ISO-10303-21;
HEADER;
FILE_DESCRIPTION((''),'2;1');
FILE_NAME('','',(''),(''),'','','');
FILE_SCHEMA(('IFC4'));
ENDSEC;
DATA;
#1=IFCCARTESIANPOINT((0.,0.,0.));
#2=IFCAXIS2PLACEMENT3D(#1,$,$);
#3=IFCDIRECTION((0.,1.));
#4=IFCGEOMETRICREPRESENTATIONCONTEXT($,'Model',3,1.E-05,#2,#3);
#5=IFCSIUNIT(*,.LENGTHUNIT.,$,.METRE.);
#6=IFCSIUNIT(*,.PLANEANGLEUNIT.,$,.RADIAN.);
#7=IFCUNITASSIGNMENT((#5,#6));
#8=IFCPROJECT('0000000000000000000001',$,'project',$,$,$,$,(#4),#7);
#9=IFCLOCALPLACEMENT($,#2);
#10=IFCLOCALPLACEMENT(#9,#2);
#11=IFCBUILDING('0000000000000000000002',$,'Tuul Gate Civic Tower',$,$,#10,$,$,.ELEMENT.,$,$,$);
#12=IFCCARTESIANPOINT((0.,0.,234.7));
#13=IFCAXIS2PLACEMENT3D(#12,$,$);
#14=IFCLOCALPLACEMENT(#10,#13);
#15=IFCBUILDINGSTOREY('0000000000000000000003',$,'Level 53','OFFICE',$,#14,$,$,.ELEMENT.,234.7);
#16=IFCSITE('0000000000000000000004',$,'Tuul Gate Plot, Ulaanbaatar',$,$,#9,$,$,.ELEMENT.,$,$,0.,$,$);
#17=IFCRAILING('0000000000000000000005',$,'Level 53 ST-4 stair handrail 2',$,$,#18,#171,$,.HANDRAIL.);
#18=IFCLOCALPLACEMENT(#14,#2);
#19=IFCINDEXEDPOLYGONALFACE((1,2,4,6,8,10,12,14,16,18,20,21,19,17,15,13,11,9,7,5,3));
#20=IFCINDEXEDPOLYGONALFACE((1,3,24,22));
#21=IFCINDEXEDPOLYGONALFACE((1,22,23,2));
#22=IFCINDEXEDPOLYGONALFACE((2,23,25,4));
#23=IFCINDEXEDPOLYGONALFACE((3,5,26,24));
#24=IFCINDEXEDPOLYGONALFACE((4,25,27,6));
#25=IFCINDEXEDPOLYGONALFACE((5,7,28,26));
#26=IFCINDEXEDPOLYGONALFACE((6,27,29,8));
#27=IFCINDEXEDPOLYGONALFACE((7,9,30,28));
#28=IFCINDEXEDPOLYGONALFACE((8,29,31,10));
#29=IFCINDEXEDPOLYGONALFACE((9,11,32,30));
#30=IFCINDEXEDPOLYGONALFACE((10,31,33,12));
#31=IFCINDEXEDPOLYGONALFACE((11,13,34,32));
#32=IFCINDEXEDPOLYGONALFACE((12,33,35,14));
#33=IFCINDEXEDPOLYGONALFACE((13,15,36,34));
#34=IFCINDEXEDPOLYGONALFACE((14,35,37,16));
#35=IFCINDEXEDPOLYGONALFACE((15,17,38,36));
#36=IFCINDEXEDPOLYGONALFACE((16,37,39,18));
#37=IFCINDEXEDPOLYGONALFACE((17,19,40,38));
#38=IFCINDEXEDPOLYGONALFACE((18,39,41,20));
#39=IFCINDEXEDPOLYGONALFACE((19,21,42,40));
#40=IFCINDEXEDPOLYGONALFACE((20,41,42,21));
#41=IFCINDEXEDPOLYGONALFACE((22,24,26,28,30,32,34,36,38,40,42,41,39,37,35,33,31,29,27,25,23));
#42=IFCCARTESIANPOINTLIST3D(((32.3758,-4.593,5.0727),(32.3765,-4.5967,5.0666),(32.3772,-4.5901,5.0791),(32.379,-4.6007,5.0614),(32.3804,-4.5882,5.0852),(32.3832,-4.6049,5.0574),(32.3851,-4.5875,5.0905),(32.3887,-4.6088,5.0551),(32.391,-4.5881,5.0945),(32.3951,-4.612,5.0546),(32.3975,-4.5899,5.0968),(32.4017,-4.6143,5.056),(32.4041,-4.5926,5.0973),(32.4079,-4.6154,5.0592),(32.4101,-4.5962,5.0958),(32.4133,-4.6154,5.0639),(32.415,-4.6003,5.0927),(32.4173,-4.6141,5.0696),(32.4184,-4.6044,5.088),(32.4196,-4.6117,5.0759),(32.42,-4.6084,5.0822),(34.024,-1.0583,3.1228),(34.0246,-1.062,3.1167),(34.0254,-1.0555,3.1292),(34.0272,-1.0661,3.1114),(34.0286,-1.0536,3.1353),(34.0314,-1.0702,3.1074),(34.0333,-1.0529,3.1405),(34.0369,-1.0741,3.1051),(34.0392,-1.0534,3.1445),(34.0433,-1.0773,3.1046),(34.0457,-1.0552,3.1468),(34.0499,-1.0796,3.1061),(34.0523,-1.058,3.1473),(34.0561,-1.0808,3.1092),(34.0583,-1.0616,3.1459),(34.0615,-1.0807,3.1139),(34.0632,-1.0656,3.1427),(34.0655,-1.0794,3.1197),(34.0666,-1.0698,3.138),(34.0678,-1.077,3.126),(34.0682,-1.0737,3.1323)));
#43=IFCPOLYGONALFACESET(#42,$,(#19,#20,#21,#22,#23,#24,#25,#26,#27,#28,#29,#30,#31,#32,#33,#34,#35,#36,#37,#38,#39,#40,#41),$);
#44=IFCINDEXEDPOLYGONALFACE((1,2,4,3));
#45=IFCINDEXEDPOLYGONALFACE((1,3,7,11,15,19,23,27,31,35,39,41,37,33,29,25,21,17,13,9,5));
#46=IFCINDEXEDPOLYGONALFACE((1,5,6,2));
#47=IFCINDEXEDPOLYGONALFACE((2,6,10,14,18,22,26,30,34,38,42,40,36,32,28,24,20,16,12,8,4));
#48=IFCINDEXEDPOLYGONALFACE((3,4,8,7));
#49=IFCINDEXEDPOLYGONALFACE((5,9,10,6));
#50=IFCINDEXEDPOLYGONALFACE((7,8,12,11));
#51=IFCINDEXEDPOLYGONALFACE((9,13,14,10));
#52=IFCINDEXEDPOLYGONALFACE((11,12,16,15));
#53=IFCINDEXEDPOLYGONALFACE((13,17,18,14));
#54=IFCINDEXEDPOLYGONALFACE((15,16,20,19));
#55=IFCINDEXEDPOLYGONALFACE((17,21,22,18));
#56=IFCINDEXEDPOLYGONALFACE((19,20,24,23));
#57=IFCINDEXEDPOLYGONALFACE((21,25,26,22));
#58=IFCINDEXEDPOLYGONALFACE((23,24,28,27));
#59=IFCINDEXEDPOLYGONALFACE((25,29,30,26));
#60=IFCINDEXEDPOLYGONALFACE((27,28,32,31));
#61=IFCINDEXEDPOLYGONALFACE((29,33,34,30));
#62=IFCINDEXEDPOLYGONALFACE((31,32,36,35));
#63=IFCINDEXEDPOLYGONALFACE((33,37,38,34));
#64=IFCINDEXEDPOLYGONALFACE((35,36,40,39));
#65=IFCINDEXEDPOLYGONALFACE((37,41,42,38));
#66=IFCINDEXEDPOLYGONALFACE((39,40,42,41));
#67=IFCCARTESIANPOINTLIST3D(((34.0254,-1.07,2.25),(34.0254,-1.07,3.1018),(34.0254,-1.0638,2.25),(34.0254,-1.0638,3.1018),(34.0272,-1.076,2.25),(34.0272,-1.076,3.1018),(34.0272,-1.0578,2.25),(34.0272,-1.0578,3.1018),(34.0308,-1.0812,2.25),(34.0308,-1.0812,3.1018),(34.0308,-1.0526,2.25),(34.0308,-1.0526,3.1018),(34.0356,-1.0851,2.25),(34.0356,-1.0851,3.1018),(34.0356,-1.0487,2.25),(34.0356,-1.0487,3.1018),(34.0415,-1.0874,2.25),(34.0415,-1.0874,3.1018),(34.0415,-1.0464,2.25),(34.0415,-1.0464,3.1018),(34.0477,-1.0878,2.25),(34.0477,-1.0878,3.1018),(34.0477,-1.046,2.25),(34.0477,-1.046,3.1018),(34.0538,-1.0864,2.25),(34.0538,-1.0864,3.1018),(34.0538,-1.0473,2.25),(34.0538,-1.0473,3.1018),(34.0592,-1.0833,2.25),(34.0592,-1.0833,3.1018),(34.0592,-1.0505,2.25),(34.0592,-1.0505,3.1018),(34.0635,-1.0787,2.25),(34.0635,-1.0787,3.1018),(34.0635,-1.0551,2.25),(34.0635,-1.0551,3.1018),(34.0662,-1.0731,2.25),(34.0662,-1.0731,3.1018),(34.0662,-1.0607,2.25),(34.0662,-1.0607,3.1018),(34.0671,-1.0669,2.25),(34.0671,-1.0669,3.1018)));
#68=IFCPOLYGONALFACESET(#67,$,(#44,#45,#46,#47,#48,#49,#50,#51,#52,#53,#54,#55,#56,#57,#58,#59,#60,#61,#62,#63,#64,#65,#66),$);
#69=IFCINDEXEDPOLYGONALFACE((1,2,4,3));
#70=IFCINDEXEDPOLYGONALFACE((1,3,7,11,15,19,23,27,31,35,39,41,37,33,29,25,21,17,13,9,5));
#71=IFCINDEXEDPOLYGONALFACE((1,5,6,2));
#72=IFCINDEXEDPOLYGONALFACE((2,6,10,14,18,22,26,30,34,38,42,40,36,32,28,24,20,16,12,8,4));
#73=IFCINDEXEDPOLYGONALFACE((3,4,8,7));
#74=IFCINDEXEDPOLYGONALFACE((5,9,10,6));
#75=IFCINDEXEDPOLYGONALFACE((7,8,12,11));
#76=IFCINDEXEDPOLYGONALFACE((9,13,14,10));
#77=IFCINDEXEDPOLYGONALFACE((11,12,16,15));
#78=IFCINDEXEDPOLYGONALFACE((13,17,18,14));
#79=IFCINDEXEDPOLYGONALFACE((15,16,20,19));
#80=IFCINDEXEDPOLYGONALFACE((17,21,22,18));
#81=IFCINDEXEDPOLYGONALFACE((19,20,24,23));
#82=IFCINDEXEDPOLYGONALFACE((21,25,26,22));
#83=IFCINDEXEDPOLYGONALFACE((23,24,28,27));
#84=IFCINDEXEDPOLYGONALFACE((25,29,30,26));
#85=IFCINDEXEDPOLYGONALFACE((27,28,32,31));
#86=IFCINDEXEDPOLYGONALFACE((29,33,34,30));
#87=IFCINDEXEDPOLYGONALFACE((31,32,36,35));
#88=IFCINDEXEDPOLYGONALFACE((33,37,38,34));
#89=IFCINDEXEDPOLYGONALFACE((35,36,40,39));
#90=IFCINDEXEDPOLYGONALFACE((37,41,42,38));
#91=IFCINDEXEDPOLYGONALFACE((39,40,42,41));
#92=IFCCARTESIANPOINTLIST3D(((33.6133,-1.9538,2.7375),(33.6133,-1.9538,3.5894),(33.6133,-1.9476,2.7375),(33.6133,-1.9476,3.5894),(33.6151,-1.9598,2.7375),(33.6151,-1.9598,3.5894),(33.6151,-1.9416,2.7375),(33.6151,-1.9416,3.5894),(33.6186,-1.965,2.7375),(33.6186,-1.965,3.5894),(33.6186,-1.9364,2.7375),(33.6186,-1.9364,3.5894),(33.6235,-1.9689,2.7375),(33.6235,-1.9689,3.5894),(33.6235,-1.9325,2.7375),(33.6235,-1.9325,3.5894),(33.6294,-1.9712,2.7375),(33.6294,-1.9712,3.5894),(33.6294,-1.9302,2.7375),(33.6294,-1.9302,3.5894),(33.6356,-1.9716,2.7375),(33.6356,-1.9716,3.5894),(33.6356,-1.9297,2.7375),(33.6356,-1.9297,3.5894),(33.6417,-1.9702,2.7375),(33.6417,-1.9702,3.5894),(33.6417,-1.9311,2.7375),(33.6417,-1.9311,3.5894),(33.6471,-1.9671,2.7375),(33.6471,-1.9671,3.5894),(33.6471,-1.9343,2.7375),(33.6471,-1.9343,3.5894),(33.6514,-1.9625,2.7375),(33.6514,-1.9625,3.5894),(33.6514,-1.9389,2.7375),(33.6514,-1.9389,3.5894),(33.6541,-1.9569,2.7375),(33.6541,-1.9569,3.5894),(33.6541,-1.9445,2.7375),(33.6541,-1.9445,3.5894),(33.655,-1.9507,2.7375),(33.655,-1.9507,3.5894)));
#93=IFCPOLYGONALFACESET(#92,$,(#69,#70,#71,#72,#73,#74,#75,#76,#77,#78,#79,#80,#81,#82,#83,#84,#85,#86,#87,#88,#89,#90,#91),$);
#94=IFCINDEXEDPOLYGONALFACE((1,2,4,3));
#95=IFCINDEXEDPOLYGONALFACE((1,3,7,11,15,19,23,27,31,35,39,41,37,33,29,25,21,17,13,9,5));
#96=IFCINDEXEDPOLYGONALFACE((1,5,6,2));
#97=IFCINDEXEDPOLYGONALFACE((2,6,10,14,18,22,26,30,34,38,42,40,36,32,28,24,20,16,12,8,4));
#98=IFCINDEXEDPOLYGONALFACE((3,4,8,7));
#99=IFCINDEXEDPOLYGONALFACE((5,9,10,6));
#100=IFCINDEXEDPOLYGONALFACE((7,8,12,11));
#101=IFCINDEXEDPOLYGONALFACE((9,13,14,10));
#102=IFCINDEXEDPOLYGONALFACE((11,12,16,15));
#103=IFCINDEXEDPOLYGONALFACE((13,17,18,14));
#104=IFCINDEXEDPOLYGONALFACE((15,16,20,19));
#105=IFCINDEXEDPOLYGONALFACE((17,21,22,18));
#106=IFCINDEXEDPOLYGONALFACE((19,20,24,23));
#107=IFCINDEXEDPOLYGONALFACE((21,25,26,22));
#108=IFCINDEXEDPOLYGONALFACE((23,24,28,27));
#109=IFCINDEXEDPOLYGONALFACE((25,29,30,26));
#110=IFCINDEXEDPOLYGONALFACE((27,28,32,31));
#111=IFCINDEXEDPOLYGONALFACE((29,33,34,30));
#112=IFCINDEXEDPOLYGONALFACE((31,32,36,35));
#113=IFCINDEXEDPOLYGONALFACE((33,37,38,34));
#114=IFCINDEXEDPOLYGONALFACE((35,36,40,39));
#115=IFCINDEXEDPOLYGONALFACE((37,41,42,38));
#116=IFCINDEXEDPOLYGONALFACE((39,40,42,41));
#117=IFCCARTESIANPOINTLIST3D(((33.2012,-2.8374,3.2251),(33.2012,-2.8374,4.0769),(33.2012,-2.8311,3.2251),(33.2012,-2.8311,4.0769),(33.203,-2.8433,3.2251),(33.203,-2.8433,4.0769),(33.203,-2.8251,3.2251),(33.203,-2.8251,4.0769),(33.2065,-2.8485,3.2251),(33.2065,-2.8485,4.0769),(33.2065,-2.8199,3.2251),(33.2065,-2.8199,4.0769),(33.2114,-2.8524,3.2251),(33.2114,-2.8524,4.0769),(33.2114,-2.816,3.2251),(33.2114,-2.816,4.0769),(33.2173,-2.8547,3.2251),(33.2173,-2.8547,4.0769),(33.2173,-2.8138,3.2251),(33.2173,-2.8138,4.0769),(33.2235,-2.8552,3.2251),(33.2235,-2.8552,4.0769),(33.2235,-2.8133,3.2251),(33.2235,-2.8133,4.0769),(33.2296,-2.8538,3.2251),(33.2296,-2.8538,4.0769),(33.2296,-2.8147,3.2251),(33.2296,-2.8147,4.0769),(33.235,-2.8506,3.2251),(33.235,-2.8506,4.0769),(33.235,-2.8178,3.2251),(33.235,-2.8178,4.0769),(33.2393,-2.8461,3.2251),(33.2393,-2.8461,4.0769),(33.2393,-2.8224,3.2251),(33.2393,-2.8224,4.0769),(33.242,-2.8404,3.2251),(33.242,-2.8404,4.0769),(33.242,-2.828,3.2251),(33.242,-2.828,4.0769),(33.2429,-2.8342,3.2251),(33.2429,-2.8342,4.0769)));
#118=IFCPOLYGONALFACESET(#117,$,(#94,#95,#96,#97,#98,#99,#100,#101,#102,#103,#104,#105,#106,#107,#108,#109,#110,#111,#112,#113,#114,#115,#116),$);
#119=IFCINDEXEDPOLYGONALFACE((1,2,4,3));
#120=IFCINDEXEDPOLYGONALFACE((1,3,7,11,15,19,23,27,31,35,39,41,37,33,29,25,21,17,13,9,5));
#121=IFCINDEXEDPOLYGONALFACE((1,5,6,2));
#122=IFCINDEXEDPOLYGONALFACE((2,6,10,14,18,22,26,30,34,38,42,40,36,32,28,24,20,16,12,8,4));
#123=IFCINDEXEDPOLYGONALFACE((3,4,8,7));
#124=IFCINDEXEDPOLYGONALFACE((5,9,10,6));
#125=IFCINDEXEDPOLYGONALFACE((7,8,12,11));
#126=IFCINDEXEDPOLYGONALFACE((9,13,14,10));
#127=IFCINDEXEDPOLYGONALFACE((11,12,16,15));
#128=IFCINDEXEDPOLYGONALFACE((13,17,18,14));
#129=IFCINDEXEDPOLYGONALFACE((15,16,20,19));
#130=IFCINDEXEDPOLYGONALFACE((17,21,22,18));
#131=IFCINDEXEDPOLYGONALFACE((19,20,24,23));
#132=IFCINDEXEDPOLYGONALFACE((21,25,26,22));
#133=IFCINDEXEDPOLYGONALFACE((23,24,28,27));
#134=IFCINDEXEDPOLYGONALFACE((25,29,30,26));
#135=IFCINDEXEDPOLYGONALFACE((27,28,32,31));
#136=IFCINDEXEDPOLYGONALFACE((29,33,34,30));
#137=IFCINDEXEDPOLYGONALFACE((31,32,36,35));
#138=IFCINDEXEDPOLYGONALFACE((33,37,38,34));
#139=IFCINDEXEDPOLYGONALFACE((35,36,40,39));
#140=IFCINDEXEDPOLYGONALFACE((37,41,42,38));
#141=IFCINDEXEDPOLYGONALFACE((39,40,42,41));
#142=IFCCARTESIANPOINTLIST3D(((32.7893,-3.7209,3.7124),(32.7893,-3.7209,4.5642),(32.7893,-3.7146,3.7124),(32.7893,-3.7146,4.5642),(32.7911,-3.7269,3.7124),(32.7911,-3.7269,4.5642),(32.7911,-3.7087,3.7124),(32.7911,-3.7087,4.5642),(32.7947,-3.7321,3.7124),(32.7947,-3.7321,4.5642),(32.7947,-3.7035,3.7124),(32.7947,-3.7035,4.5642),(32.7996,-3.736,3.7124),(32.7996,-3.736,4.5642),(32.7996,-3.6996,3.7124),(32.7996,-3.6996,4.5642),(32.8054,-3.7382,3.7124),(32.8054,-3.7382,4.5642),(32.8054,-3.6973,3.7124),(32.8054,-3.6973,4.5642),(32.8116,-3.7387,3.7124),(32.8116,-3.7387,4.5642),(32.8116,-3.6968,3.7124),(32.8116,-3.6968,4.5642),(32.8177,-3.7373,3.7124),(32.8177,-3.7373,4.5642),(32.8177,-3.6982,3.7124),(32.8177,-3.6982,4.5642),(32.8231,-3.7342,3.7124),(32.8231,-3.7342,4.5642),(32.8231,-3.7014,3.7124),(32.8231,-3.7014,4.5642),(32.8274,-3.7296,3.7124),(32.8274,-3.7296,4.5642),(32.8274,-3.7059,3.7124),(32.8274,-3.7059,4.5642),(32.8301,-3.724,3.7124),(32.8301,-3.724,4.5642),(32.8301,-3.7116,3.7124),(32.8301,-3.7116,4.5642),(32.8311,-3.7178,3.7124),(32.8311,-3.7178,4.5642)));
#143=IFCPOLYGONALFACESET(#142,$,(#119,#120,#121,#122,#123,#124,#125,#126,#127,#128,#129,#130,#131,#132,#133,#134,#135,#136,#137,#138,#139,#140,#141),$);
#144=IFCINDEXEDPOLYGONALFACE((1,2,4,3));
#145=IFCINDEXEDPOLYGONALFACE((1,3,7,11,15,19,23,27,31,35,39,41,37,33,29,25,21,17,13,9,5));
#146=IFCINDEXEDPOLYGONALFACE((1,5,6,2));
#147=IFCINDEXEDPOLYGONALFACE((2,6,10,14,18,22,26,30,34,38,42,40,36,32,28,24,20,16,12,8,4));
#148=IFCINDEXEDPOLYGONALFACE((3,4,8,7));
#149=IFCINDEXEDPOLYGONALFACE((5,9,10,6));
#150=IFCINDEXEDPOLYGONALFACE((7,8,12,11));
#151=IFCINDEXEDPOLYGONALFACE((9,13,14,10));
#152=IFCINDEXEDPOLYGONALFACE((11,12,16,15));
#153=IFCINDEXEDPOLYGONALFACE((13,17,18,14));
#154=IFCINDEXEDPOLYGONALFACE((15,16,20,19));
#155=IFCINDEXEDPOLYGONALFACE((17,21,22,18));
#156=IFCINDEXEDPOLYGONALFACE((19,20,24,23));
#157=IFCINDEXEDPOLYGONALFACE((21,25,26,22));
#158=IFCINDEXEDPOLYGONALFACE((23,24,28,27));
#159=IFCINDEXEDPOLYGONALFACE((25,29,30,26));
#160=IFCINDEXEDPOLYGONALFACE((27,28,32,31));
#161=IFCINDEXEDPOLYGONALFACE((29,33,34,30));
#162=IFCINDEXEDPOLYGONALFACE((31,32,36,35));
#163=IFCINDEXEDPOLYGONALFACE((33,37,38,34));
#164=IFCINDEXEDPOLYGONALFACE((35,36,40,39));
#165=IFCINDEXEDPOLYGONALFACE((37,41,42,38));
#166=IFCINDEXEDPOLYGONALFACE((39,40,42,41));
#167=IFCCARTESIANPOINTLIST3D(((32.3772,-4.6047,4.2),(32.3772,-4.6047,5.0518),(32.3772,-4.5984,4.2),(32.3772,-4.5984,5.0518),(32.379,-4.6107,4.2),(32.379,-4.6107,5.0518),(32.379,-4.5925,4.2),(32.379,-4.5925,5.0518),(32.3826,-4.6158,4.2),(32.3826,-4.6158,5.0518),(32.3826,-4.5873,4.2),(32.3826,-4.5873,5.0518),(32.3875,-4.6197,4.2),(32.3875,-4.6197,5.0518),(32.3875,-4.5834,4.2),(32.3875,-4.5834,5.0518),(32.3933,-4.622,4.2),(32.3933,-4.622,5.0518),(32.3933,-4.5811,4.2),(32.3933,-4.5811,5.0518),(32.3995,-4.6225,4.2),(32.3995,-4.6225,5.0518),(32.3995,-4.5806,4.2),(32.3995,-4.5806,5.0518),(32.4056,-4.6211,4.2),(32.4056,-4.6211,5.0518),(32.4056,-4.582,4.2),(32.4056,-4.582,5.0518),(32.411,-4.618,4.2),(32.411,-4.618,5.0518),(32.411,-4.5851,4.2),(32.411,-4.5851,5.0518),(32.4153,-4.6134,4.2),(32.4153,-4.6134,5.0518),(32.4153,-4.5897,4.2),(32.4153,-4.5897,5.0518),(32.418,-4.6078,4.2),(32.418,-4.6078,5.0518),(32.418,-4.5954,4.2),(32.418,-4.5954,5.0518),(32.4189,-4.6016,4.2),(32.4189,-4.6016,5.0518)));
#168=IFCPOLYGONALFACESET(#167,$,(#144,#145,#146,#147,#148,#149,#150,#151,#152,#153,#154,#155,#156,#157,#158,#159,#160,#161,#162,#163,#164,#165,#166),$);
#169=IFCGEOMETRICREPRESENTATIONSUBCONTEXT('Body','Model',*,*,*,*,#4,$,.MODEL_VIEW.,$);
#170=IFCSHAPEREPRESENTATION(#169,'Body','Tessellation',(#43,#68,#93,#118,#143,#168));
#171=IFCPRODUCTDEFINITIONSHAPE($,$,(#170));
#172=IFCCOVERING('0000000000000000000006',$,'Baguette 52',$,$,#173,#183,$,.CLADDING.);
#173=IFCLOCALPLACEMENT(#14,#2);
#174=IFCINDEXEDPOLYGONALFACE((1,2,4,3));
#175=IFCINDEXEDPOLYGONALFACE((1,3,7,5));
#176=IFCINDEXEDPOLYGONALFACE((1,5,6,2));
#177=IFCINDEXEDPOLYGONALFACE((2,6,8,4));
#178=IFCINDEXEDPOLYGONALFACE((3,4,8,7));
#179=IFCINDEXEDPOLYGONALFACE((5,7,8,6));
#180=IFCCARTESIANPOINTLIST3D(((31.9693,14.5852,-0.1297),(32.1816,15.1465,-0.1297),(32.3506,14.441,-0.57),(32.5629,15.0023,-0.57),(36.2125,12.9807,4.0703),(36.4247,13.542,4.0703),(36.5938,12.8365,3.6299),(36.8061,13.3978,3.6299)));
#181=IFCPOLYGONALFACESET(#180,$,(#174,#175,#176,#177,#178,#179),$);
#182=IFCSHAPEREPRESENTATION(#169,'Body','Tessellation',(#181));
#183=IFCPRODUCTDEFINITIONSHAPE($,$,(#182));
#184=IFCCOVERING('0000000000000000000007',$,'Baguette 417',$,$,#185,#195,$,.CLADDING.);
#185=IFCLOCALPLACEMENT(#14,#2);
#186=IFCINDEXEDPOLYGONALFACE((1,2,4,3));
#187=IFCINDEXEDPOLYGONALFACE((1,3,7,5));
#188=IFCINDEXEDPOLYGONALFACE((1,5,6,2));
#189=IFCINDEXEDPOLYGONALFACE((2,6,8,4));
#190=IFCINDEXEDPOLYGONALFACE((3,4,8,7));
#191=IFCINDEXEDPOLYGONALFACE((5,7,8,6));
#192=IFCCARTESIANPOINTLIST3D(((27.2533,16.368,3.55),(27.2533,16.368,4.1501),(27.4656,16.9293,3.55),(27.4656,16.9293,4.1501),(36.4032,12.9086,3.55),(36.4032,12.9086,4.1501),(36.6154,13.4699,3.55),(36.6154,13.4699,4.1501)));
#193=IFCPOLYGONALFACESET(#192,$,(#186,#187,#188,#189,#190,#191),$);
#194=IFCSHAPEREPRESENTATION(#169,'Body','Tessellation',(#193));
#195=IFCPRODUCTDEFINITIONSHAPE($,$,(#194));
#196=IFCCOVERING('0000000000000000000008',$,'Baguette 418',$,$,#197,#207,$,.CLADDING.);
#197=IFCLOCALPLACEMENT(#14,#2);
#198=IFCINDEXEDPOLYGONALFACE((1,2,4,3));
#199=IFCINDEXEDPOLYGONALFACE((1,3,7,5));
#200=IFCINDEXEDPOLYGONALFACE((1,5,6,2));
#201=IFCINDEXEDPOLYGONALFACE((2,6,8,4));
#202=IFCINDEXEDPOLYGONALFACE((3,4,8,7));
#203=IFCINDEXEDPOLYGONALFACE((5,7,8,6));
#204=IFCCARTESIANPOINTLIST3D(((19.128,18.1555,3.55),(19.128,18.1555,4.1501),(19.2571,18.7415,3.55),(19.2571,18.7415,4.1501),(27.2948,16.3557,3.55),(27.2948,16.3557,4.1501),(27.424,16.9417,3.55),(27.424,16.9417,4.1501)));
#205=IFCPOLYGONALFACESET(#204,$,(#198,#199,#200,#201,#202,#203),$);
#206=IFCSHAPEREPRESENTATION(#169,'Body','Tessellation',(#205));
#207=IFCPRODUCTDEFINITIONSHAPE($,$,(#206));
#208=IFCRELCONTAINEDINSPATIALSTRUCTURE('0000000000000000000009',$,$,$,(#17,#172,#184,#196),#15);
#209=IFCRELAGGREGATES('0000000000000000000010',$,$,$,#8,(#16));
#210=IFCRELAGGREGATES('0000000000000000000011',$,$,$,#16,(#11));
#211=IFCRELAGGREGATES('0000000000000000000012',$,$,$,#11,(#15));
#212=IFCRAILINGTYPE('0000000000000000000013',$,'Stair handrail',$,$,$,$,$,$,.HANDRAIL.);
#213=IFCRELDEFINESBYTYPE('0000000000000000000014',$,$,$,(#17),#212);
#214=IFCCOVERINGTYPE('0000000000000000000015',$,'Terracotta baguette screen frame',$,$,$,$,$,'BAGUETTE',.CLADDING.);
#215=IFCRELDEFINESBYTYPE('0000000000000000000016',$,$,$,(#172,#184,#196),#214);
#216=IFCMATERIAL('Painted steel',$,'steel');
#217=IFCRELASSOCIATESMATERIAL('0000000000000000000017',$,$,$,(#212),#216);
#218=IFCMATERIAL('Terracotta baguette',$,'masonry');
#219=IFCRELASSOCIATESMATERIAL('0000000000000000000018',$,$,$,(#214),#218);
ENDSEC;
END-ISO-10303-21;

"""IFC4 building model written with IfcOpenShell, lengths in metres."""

from ifc_helpers import new_model, si_unit, direction, frame, origin, origin_2d, place, context, subcontext, project, spatial, rectangle, circle, extrude, material, material_profile, profile_set, type_object, element, save


model = new_model("IFC4")

# Units and contexts
model_context = context("Model", 3, precision=1e-05, world=origin(), true_north=direction((0.0, 1.0)))
body_context = subcontext(model_context, "Body", "Model", "MODEL_VIEW")
ifc_project = project(units=[si_unit("LENGTHUNIT", "METRE"), si_unit("PLANEANGLEUNIT", "RADIAN")], contexts=[model_context])

# Site, building, storey
site_placement = place(None, origin())
site = spatial("IfcSite", under=ifc_project, at=site_placement, Name="Tuul Gate Plot, Ulaanbaatar", CompositionType="ELEMENT", RefElevation=0.0)
building_placement = place(site_placement, origin())
building = spatial("IfcBuilding", under=site, at=building_placement, Name="Tuul Gate Civic Tower", CompositionType="ELEMENT")
storey_placement = place(building_placement, frame((0.0, 0.0, 234.7)))
storey = spatial("IfcBuildingStorey", under=building, at=storey_placement, Name="Level 53", Description="OFFICE", CompositionType="ELEMENT", Elevation=234.7)

# Railing
ifc_material_1 = material(Name="Painted steel", Category="steel")
railing_type = type_object("IfcRailingType", Name="Stair handrail", PredefinedType="HANDRAIL", material=ifc_material_1)
railing_placement = place(storey_placement, frame((34.0461, -1.0669, 2.25)))
element("IfcRailing", 1, at=railing_placement, inside=storey, type_object=railing_type, Name="Level 53 ST-4 stair handrail 2", PredefinedType="HANDRAIL", context=body_context, shape_type="SweptSolid", body=[
    extrude(circle(Radius=0.0239, at=origin_2d()), frame((0.0, 0.0, 0.876), z_axis=(-0.377995, -0.810637, 0.4472), x_axis=(0.906313, -0.422608, 0.0)), (0.0, 0.0, 1.0), 4.3604),
    extrude(circle(Radius=0.021, at=origin_2d()), origin(), (0.0, 0.0, 1.0), 0.8518),
    extrude(circle(Radius=0.021, at=origin_2d()), frame((-0.4121, -0.8838, 0.4875)), (0.0, 0.0, 1.0), 0.8518),
    extrude(circle(Radius=0.021, at=origin_2d()), frame((-0.8242, -1.7673, 0.9751)), (0.0, 0.0, 1.0), 0.8518),
    extrude(circle(Radius=0.021, at=origin_2d()), frame((-1.2361, -2.6509, 1.4624)), (0.0, 0.0, 1.0), 0.8518),
    extrude(circle(Radius=0.021, at=origin_2d()), frame((-1.6482, -3.5347, 1.95)), (0.0, 0.0, 1.0), 0.8518),
])

# Coverings
ifc_material_2 = material(Name="Terracotta baguette", Category="masonry")
ifc_material_profile_1 = material_profile(ifc_material_2, rectangle(XDim=0.6001, YDim=0.6001, at=origin_2d()), Name="Terracotta baguette screen frame")
ifc_profile_set_1 = profile_set([ifc_material_profile_1], Name="Terracotta baguette")
covering_type = type_object("IfcCoveringType", Name="Terracotta baguette screen frame", ElementType="BAGUETTE", PredefinedType="CLADDING", material=ifc_profile_set_1)
covering_1_placement = place(storey_placement, frame((36.5093, 13.1892, 3.8501), z_axis=(-0.686362, 0.259538, -0.679372), x_axis=(-0.353694, -0.935361, 0.0)))
element("IfcCovering", 2, at=covering_1_placement, inside=storey, type_object=covering_type, Name="Baguette 52", PredefinedType="CLADDING", context=body_context, shape_type="SweptSolid", body=[
    extrude(rectangle(XDim=0.6001, YDim=0.6001, at=origin_2d()), origin(), (0.0, 0.0, 1.0), 6.1821),
])
covering_2_placement = place(storey_placement, frame((36.5093, 13.1892, 3.8501), z_axis=(-0.935376, 0.353655, 0.0), x_axis=(-0.353655, -0.935376, 0.0)))
element("IfcCovering", 3, at=covering_2_placement, inside=storey, type_object=covering_type, Name="Baguette 417", PredefinedType="CLADDING", context=body_context, shape_type="SweptSolid", body=[
    extrude(rectangle(XDim=0.6001, YDim=0.6001, at=origin_2d()), origin(), (0.0, 0.0, 1.0), 9.782),
])
covering_3_placement = place(storey_placement, frame((27.3594, 16.6487, 3.8501), z_axis=(-0.976566, 0.215218, 0.0), x_axis=(-0.215218, -0.976566, 0.0)))
element("IfcCovering", 4, at=covering_3_placement, inside=storey, type_object=covering_type, Name="Baguette 418", PredefinedType="CLADDING", context=body_context, shape_type="SweptSolid", body=[
    extrude(rectangle(XDim=0.6001, YDim=0.6001, at=origin_2d()), origin(), (0.0, 0.0, 1.0), 8.3628),
])

save(model, "model.ifc")
